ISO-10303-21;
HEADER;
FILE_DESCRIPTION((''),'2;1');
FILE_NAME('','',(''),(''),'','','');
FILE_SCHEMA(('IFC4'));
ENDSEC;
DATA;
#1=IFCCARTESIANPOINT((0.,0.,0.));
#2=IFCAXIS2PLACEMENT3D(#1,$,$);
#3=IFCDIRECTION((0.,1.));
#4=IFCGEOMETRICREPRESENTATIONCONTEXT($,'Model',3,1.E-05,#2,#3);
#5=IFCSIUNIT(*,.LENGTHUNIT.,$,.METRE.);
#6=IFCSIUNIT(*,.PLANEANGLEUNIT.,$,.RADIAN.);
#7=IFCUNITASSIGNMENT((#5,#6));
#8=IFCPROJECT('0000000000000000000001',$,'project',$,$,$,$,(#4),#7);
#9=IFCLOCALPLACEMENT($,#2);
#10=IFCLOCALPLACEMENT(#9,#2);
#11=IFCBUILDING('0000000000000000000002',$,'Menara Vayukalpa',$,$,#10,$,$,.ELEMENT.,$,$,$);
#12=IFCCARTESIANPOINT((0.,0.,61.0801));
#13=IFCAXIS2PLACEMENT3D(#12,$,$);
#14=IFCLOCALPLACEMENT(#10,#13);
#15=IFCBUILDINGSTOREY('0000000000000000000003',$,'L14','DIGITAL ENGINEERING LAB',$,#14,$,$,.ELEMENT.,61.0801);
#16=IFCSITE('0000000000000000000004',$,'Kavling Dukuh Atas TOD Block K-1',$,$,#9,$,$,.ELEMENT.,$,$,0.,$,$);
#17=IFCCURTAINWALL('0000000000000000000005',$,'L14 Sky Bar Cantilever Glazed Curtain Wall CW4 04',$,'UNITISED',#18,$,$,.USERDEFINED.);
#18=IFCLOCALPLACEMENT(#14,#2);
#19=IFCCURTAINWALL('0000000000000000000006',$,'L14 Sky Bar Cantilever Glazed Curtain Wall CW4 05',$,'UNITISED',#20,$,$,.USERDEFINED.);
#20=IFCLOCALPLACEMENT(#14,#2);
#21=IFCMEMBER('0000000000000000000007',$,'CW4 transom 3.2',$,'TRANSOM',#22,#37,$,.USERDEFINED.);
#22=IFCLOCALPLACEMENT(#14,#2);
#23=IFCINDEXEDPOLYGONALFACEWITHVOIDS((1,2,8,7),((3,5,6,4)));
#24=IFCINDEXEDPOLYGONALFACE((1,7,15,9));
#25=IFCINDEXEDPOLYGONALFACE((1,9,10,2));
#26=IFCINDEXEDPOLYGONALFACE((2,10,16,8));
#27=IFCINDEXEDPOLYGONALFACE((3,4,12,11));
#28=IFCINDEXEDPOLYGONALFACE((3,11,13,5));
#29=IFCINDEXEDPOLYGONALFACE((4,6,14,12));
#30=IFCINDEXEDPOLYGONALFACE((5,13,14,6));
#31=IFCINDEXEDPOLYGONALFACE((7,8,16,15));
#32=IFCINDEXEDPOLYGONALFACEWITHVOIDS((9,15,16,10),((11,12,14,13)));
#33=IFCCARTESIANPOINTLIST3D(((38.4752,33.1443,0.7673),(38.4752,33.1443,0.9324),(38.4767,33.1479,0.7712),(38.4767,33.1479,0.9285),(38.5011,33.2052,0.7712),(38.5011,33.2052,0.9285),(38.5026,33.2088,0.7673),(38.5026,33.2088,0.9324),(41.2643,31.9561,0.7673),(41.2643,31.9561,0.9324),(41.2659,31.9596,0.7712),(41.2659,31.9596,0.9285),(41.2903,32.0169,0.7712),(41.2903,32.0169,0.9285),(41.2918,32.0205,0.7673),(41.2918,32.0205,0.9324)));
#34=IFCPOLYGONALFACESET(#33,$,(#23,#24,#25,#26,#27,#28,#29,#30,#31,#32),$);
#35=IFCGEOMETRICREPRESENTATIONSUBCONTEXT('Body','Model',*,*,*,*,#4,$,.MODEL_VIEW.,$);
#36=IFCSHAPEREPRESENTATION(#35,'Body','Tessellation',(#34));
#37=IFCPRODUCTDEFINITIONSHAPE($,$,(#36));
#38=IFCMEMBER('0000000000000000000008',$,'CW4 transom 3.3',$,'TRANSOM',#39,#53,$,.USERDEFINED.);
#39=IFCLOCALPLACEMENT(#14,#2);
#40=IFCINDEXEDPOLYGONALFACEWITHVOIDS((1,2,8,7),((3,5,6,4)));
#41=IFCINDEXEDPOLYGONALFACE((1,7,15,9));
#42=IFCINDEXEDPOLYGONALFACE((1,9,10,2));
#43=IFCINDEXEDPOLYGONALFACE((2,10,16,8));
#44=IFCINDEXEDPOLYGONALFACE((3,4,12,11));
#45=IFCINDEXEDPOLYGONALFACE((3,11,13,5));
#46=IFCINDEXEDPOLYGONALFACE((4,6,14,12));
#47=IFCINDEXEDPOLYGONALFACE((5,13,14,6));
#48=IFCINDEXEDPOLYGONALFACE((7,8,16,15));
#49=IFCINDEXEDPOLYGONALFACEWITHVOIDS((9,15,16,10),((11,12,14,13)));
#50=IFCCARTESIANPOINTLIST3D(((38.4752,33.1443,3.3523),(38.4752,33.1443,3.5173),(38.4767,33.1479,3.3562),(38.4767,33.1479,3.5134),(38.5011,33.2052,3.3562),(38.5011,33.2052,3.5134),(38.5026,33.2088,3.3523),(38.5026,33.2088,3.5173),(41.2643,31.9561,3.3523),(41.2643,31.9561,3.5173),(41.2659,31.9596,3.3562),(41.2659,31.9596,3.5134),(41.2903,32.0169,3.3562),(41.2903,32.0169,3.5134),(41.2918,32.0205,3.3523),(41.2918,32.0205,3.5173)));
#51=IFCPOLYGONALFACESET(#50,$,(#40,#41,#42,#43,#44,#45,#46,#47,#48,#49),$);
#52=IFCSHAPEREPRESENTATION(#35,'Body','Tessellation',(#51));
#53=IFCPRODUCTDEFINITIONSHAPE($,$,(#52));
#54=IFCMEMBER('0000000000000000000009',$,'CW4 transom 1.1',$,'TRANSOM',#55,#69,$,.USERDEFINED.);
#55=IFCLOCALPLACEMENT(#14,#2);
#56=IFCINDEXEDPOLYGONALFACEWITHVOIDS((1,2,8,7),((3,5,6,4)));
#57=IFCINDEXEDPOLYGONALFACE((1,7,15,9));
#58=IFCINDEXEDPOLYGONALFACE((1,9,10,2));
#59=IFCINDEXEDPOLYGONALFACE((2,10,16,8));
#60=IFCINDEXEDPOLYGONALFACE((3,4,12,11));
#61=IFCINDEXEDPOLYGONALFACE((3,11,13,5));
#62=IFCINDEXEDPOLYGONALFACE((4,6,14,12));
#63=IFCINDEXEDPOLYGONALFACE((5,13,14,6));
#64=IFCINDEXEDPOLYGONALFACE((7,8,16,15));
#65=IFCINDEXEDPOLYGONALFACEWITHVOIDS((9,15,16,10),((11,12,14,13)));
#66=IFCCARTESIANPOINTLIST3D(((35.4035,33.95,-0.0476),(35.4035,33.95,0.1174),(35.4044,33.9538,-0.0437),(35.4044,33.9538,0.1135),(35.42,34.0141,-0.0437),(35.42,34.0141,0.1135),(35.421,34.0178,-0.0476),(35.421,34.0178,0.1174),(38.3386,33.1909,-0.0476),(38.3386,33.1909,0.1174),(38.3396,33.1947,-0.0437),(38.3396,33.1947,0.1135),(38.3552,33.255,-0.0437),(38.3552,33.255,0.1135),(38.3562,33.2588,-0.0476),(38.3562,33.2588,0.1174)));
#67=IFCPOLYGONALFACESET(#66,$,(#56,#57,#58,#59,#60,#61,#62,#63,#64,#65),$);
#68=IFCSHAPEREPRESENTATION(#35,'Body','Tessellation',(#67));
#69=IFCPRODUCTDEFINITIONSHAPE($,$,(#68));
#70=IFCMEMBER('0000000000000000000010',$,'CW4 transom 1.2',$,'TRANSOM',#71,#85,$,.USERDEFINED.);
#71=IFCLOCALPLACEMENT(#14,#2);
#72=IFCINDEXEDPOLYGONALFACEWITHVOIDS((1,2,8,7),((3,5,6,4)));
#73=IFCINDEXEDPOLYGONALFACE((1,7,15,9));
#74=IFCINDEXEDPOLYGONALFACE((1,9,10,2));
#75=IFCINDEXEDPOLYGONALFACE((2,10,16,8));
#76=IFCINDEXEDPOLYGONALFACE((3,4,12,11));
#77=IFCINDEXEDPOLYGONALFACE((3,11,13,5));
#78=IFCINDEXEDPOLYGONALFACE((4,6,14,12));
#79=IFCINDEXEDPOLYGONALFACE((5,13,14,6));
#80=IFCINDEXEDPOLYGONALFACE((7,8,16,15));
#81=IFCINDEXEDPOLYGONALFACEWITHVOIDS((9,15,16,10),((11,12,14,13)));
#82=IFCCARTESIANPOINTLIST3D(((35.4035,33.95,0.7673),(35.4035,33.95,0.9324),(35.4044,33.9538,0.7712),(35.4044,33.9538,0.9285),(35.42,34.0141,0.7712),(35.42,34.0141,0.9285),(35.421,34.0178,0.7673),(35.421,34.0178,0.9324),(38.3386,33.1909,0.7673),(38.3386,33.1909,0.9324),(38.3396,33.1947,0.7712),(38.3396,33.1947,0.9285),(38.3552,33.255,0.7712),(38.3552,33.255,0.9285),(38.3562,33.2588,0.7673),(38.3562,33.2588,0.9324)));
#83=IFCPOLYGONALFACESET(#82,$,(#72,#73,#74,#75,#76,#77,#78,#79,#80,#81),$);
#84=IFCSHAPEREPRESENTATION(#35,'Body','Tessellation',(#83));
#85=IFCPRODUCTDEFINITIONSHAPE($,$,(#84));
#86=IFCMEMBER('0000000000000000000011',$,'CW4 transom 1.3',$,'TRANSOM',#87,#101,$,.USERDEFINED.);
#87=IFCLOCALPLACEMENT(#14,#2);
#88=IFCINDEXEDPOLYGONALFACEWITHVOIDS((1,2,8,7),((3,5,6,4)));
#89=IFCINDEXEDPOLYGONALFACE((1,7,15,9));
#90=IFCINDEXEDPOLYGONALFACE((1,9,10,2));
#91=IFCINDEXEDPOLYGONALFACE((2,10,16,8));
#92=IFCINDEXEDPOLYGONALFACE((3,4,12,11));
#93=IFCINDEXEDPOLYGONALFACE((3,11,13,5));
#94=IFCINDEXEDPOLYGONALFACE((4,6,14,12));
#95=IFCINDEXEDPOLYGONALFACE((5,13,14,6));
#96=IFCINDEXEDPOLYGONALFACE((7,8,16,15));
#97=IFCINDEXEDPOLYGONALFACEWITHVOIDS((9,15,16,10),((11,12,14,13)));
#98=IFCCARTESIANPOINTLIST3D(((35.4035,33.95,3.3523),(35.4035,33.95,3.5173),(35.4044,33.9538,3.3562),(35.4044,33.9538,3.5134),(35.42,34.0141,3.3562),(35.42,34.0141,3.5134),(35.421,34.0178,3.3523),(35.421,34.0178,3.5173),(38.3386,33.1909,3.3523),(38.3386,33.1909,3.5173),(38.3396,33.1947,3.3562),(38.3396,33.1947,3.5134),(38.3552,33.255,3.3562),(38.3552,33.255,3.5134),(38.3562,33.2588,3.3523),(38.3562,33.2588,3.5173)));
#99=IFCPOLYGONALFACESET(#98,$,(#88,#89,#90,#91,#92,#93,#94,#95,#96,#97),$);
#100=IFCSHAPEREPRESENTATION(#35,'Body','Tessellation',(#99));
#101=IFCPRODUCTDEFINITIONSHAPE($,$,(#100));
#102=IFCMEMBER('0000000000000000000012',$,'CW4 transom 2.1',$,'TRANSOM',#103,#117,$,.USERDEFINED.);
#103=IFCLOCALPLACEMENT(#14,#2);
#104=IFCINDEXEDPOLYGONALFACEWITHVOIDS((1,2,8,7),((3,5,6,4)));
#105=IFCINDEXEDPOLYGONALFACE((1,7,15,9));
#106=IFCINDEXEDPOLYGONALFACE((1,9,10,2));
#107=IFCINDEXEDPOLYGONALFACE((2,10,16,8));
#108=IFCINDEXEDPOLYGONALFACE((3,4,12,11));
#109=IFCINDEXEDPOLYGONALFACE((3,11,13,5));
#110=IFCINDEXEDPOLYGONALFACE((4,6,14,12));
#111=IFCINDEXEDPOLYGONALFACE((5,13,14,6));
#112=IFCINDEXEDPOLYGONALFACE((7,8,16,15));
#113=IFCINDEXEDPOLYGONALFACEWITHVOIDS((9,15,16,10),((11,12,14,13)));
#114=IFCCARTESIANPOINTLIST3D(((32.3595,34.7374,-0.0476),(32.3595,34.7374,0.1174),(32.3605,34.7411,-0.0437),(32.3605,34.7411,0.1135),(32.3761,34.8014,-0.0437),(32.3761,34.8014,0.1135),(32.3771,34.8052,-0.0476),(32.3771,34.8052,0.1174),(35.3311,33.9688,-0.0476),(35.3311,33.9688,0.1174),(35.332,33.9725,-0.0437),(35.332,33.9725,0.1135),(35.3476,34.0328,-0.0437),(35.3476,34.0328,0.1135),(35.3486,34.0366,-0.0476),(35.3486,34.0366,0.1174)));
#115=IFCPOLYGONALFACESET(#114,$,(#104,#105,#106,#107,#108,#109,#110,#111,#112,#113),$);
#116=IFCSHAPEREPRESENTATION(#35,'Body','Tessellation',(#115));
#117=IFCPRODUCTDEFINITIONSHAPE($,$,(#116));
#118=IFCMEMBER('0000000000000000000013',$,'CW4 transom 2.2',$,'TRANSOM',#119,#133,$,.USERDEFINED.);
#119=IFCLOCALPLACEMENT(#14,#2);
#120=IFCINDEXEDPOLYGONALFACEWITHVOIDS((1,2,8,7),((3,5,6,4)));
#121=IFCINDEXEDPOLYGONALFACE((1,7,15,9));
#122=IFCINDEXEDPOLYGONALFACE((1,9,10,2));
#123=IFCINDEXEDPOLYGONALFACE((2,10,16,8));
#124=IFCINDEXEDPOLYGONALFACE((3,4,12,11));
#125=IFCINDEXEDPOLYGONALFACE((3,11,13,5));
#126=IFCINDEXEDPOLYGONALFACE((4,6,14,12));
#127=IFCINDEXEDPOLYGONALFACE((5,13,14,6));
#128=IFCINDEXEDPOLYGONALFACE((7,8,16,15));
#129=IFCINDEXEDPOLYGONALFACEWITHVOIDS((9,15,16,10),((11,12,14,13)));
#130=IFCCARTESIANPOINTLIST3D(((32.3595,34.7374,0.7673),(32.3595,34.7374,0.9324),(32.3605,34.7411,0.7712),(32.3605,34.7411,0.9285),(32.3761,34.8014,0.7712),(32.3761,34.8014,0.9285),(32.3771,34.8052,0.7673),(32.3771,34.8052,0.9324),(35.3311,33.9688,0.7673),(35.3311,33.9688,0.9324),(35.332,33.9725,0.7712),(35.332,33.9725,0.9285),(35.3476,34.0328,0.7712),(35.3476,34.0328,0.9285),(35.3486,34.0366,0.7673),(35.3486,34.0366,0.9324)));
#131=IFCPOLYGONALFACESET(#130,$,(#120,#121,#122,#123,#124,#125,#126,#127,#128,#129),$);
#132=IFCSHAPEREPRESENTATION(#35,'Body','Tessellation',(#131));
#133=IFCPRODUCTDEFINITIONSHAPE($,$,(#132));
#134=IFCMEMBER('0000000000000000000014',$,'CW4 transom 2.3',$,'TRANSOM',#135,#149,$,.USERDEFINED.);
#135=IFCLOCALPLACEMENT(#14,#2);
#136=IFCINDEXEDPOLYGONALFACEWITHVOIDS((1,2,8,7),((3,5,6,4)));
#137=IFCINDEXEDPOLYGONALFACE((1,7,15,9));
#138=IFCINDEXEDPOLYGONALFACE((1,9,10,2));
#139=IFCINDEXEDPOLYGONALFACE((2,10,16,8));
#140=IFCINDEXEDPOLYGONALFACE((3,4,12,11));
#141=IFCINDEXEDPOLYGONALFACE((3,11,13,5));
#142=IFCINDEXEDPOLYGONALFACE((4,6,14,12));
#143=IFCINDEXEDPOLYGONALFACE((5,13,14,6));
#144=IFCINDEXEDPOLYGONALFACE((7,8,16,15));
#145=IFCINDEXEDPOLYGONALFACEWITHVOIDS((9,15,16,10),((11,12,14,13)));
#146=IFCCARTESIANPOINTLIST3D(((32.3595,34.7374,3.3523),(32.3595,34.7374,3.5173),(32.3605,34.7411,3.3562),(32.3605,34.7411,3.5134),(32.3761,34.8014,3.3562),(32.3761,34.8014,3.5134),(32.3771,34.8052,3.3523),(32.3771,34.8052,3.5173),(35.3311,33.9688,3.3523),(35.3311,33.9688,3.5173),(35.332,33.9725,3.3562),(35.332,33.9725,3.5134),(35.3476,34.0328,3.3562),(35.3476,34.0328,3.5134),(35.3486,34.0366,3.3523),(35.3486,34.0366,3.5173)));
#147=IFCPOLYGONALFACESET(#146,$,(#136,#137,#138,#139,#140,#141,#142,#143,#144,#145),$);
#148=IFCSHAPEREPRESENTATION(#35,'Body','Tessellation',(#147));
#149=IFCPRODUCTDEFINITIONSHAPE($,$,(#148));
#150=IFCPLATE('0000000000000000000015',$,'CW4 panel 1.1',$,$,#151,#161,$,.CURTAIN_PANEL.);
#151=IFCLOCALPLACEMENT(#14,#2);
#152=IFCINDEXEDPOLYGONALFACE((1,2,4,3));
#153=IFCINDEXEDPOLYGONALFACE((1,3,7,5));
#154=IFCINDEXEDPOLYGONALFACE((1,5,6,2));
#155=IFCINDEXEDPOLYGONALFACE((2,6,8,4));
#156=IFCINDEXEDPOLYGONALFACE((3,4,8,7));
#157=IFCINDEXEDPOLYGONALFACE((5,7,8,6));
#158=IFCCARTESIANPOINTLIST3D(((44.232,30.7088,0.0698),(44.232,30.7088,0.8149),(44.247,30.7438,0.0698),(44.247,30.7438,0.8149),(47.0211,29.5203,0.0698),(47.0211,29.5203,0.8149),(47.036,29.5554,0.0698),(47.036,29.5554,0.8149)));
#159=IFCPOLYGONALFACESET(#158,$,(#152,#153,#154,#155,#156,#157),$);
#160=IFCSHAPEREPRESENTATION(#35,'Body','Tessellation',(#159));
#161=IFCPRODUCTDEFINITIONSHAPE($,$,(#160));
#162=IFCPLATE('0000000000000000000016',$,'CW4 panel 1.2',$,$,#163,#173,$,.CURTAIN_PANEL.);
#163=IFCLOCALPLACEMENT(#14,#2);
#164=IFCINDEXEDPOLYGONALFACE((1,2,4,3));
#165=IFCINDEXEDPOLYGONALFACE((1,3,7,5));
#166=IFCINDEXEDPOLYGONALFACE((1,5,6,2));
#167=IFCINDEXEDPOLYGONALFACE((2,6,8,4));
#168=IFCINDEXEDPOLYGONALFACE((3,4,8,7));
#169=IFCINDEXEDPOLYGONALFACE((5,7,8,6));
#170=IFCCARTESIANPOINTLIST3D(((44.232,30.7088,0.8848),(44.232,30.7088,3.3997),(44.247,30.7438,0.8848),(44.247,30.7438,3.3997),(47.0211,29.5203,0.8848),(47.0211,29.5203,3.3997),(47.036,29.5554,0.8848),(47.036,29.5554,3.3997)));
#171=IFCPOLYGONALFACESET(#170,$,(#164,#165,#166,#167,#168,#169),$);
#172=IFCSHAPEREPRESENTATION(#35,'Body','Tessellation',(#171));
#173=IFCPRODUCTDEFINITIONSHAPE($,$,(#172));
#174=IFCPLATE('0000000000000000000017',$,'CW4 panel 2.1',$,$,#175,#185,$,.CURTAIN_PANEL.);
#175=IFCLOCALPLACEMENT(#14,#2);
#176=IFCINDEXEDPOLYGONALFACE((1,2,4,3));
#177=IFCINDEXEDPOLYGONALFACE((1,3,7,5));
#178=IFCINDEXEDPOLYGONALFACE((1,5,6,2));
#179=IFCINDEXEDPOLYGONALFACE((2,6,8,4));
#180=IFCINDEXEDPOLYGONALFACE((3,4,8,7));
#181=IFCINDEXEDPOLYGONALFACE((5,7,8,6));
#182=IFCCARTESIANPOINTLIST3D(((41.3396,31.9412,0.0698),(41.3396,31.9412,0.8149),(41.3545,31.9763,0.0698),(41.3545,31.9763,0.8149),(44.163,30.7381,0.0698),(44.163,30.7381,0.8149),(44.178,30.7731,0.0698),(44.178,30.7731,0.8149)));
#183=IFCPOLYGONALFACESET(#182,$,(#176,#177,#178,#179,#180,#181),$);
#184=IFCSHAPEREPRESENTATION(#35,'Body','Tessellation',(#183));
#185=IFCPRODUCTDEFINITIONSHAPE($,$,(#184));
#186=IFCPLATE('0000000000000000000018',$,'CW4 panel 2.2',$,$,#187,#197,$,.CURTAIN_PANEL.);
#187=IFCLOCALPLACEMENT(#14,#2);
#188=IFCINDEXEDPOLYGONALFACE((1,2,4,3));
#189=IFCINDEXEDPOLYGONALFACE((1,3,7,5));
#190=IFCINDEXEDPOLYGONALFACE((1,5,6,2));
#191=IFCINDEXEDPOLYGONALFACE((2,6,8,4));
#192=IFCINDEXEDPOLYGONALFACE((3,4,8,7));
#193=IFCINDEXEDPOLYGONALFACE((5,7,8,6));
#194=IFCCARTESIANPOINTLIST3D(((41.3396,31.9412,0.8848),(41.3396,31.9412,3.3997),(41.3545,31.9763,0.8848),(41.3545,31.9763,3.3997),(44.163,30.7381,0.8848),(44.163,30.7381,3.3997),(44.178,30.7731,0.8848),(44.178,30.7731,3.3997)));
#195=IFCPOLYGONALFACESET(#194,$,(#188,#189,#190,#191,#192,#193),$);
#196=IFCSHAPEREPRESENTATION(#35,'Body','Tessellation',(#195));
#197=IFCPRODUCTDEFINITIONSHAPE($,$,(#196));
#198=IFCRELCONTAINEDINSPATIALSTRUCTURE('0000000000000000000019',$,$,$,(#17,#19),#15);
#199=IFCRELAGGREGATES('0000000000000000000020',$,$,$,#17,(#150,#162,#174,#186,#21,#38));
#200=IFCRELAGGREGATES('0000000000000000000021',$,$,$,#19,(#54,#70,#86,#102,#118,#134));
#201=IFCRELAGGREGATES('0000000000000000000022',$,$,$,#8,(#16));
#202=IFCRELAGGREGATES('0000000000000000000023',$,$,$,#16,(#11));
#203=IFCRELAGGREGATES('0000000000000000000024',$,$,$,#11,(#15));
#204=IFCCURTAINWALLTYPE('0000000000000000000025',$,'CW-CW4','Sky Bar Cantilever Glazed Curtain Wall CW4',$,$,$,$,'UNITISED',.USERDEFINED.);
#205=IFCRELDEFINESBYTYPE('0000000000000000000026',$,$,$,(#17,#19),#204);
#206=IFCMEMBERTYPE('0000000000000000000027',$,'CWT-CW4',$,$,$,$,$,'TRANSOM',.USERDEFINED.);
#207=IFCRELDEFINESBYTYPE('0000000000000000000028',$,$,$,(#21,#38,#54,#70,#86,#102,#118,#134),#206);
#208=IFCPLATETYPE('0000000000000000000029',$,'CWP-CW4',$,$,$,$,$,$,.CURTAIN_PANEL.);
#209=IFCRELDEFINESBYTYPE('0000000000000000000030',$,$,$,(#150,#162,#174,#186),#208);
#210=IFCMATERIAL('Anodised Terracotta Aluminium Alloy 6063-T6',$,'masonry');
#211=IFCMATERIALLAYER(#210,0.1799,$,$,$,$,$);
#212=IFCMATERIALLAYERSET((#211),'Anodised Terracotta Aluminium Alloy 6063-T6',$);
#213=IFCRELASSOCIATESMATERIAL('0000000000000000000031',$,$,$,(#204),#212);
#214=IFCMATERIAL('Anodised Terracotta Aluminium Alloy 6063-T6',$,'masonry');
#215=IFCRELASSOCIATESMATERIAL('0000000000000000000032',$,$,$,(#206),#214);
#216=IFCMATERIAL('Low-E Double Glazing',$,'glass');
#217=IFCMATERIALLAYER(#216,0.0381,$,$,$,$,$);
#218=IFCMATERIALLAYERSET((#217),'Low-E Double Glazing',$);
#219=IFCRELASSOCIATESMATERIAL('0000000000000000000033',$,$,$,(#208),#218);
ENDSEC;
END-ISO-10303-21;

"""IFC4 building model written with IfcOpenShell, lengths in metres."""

from ifc_helpers import new_model, si_unit, direction, frame, origin, origin_2d, place, context, subcontext, project, spatial, rectangle, hollow_rectangle, extrude, material, layer, layer_set, material_profile, profile_set, type_object, element, aggregate, save


model = new_model("IFC4")

# Units and contexts
model_context = context("Model", 3, precision=1e-05, world=origin(), true_north=direction((0.0, 1.0)))
body_context = subcontext(model_context, "Body", "Model", "MODEL_VIEW")
ifc_project = project(units=[si_unit("LENGTHUNIT", "METRE"), si_unit("PLANEANGLEUNIT", "RADIAN")], contexts=[model_context])

# Site, building, storey
site_placement = place(None, origin())
site = spatial("IfcSite", under=ifc_project, at=site_placement, Name="Kavling Dukuh Atas TOD Block K-1", CompositionType="ELEMENT", RefElevation=0.0)
building_placement = place(site_placement, origin())
building = spatial("IfcBuilding", under=site, at=building_placement, Name="Menara Vayukalpa", CompositionType="ELEMENT")
storey_placement = place(building_placement, frame((0.0, 0.0, 61.0801)))
storey = spatial("IfcBuildingStorey", under=building, at=storey_placement, Name="L14", Description="DIGITAL ENGINEERING LAB", CompositionType="ELEMENT", Elevation=61.0801)

# Curtain walls
ifc_material_1 = material(Name="Anodised Terracotta Aluminium Alloy 6063-T6", Category="masonry")
ifc_layer_1 = layer(ifc_material_1, 0.1799)
ifc_layer_set_1 = layer_set([ifc_layer_1], Name="Anodised Terracotta Aluminium Alloy 6063-T6")
curtain_wall_type = type_object("IfcCurtainWallType", Name="CW-CW4", Description="Sky Bar Cantilever Glazed Curtain Wall CW4", ElementType="UNITISED", PredefinedType="USERDEFINED", material=ifc_layer_set_1)
curtain_wall_1_placement = place(storey_placement, origin())
curtain_wall_1 = element("IfcCurtainWall", 1, at=curtain_wall_1_placement, inside=storey, type_object=curtain_wall_type, Name="L14 Sky Bar Cantilever Glazed Curtain Wall CW4 04", ObjectType="UNITISED", PredefinedType="USERDEFINED")
curtain_wall_2_placement = place(storey_placement, origin())
curtain_wall_2 = element("IfcCurtainWall", 2, at=curtain_wall_2_placement, inside=storey, type_object=curtain_wall_type, Name="L14 Sky Bar Cantilever Glazed Curtain Wall CW4 05", ObjectType="UNITISED", PredefinedType="USERDEFINED")

# Members
ifc_material_2 = material(Name="Anodised Terracotta Aluminium Alloy 6063-T6", Category="masonry")
ifc_material_profile_1 = material_profile(ifc_material_2, hollow_rectangle(XDim=0.0701, YDim=0.165, WallThickness=0.0039, at=origin_2d()), Name="ALU 70x165x4")
ifc_profile_set_1 = profile_set([ifc_material_profile_1], Name="Anodised Terracotta Aluminium Alloy 6063-T6")
member_type_1 = type_object("IfcMemberType", Name="CWT-CW4", ElementType="TRANSOM", PredefinedType="USERDEFINED", material=ifc_profile_set_1)
member_1_placement = place(storey_placement, frame((41.2781, 31.9883, 0.8499), z_axis=(-0.919988, 0.391945, 0.0), x_axis=(-0.391945, -0.919988, 0.0)))
member_1 = element("IfcMember", 3, at=member_1_placement, type_object=member_type_1, Name="CW4 transom 3.2", ObjectType="TRANSOM", PredefinedType="USERDEFINED", context=body_context, shape_type="SweptSolid", body=[
    extrude(hollow_rectangle(XDim=0.0701, YDim=0.165, WallThickness=0.0039, at=origin_2d()), origin(), (0.0, 0.0, 1.0), 3.0317),
])
member_2_placement = place(storey_placement, frame((41.2781, 31.9883, 3.4348), z_axis=(-0.919988, 0.391945, 0.0), x_axis=(-0.391945, -0.919988, 0.0)))
member_2 = element("IfcMember", 4, at=member_2_placement, type_object=member_type_1, Name="CW4 transom 3.3", ObjectType="TRANSOM", PredefinedType="USERDEFINED", context=body_context, shape_type="SweptSolid", body=[
    extrude(hollow_rectangle(XDim=0.0701, YDim=0.165, WallThickness=0.0039, at=origin_2d()), origin(), (0.0, 0.0, 1.0), 3.0317),
])
member_3_placement = place(storey_placement, frame((38.3474, 33.2249, 0.0349), z_axis=(-0.96815, 0.250372, 0.0), x_axis=(-0.250372, -0.96815, 0.0)))
member_3 = element("IfcMember", 5, at=member_3_placement, type_object=member_type_1, Name="CW4 transom 1.1", ObjectType="TRANSOM", PredefinedType="USERDEFINED", context=body_context, shape_type="SweptSolid", body=[
    extrude(hollow_rectangle(XDim=0.0701, YDim=0.165, WallThickness=0.0039, at=origin_2d()), origin(), (0.0, 0.0, 1.0), 3.0317),
])
member_4_placement = place(storey_placement, frame((38.3474, 33.2249, 0.8499), z_axis=(-0.96815, 0.250372, 0.0), x_axis=(-0.250372, -0.96815, 0.0)))
member_4 = element("IfcMember", 6, at=member_4_placement, type_object=member_type_1, Name="CW4 transom 1.2", ObjectType="TRANSOM", PredefinedType="USERDEFINED", context=body_context, shape_type="SweptSolid", body=[
    extrude(hollow_rectangle(XDim=0.0701, YDim=0.165, WallThickness=0.0039, at=origin_2d()), origin(), (0.0, 0.0, 1.0), 3.0317),
])
member_5_placement = place(storey_placement, frame((38.3474, 33.2249, 3.4348), z_axis=(-0.96815, 0.250372, 0.0), x_axis=(-0.250372, -0.96815, 0.0)))
member_5 = element("IfcMember", 7, at=member_5_placement, type_object=member_type_1, Name="CW4 transom 1.3", ObjectType="TRANSOM", PredefinedType="USERDEFINED", context=body_context, shape_type="SweptSolid", body=[
    extrude(hollow_rectangle(XDim=0.0701, YDim=0.165, WallThickness=0.0039, at=origin_2d()), origin(), (0.0, 0.0, 1.0), 3.0317),
])
member_6_placement = place(storey_placement, frame((35.3398, 34.0027, 0.0349), z_axis=(-0.968141, 0.250407, 0.0), x_axis=(-0.250407, -0.968141, 0.0)))
member_6 = element("IfcMember", 8, at=member_6_placement, type_object=member_type_1, Name="CW4 transom 2.1", ObjectType="TRANSOM", PredefinedType="USERDEFINED", context=body_context, shape_type="SweptSolid", body=[
    extrude(hollow_rectangle(XDim=0.0701, YDim=0.165, WallThickness=0.0039, at=origin_2d()), origin(), (0.0, 0.0, 1.0), 3.0693),
])
member_7_placement = place(storey_placement, frame((35.3398, 34.0027, 0.8499), z_axis=(-0.968141, 0.250407, 0.0), x_axis=(-0.250407, -0.968141, 0.0)))
member_7 = element("IfcMember", 9, at=member_7_placement, type_object=member_type_1, Name="CW4 transom 2.2", ObjectType="TRANSOM", PredefinedType="USERDEFINED", context=body_context, shape_type="SweptSolid", body=[
    extrude(hollow_rectangle(XDim=0.0701, YDim=0.165, WallThickness=0.0039, at=origin_2d()), origin(), (0.0, 0.0, 1.0), 3.0693),
])
member_8_placement = place(storey_placement, frame((35.3398, 34.0027, 3.4348), z_axis=(-0.968141, 0.250407, 0.0), x_axis=(-0.250407, -0.968141, 0.0)))
member_8 = element("IfcMember", 10, at=member_8_placement, type_object=member_type_1, Name="CW4 transom 2.3", ObjectType="TRANSOM", PredefinedType="USERDEFINED", context=body_context, shape_type="SweptSolid", body=[
    extrude(hollow_rectangle(XDim=0.0701, YDim=0.165, WallThickness=0.0039, at=origin_2d()), origin(), (0.0, 0.0, 1.0), 3.0693),
])

# Plates
ifc_material_3 = material(Name="Low-E Double Glazing", Category="glass")
ifc_layer_2 = layer(ifc_material_3, 0.0381)
ifc_layer_set_2 = layer_set([ifc_layer_2], Name="Low-E Double Glazing")
plate_type = type_object("IfcPlateType", Name="CWP-CW4", PredefinedType="CURTAIN_PANEL", material=ifc_layer_set_2)
plate_1_placement = place(storey_placement, frame((45.634, 30.1321, 0.0698), z_axis=(0.0, 0.0, 1.0), x_axis=(-0.919962, 0.392008, 0.0)))
plate_1 = element("IfcPlate", 11, at=plate_1_placement, type_object=plate_type, Name="CW4 panel 1.1", PredefinedType="CURTAIN_PANEL", context=body_context, shape_type="SweptSolid", body=[
    extrude(rectangle(XDim=3.0317, YDim=0.0381, at=origin_2d()), origin(), (0.0, 0.0, 1.0), 0.7451),
])
plate_2_placement = place(storey_placement, frame((45.634, 30.1321, 0.8848), z_axis=(0.0, 0.0, 1.0), x_axis=(-0.919962, 0.392008, 0.0)))
plate_2 = element("IfcPlate", 12, at=plate_2_placement, type_object=plate_type, Name="CW4 panel 1.2", PredefinedType="CURTAIN_PANEL", context=body_context, shape_type="SweptSolid", body=[
    extrude(rectangle(XDim=3.0317, YDim=0.0381, at=origin_2d()), origin(), (0.0, 0.0, 1.0), 2.5149),
])
plate_3_placement = place(storey_placement, frame((42.7588, 31.3572, 0.0698), z_axis=(0.0, 0.0, 1.0), x_axis=(-0.919962, 0.392008, 0.0)))
plate_3 = element("IfcPlate", 13, at=plate_3_placement, type_object=plate_type, Name="CW4 panel 2.1", PredefinedType="CURTAIN_PANEL", context=body_context, shape_type="SweptSolid", body=[
    extrude(rectangle(XDim=3.0691, YDim=0.0381, at=origin_2d()), origin(), (0.0, 0.0, 1.0), 0.7451),
])
plate_4_placement = place(storey_placement, frame((42.7588, 31.3572, 0.8848), z_axis=(0.0, 0.0, 1.0), x_axis=(-0.919962, 0.392008, 0.0)))
plate_4 = element("IfcPlate", 14, at=plate_4_placement, type_object=plate_type, Name="CW4 panel 2.2", PredefinedType="CURTAIN_PANEL", context=body_context, shape_type="SweptSolid", body=[
    extrude(rectangle(XDim=3.0691, YDim=0.0381, at=origin_2d()), origin(), (0.0, 0.0, 1.0), 2.5149),
])
aggregate(curtain_wall_1, [plate_1, plate_2, plate_3, plate_4, member_1, member_2])
aggregate(curtain_wall_2, [member_3, member_4, member_5, member_6, member_7, member_8])

save(model, "model.ifc")
